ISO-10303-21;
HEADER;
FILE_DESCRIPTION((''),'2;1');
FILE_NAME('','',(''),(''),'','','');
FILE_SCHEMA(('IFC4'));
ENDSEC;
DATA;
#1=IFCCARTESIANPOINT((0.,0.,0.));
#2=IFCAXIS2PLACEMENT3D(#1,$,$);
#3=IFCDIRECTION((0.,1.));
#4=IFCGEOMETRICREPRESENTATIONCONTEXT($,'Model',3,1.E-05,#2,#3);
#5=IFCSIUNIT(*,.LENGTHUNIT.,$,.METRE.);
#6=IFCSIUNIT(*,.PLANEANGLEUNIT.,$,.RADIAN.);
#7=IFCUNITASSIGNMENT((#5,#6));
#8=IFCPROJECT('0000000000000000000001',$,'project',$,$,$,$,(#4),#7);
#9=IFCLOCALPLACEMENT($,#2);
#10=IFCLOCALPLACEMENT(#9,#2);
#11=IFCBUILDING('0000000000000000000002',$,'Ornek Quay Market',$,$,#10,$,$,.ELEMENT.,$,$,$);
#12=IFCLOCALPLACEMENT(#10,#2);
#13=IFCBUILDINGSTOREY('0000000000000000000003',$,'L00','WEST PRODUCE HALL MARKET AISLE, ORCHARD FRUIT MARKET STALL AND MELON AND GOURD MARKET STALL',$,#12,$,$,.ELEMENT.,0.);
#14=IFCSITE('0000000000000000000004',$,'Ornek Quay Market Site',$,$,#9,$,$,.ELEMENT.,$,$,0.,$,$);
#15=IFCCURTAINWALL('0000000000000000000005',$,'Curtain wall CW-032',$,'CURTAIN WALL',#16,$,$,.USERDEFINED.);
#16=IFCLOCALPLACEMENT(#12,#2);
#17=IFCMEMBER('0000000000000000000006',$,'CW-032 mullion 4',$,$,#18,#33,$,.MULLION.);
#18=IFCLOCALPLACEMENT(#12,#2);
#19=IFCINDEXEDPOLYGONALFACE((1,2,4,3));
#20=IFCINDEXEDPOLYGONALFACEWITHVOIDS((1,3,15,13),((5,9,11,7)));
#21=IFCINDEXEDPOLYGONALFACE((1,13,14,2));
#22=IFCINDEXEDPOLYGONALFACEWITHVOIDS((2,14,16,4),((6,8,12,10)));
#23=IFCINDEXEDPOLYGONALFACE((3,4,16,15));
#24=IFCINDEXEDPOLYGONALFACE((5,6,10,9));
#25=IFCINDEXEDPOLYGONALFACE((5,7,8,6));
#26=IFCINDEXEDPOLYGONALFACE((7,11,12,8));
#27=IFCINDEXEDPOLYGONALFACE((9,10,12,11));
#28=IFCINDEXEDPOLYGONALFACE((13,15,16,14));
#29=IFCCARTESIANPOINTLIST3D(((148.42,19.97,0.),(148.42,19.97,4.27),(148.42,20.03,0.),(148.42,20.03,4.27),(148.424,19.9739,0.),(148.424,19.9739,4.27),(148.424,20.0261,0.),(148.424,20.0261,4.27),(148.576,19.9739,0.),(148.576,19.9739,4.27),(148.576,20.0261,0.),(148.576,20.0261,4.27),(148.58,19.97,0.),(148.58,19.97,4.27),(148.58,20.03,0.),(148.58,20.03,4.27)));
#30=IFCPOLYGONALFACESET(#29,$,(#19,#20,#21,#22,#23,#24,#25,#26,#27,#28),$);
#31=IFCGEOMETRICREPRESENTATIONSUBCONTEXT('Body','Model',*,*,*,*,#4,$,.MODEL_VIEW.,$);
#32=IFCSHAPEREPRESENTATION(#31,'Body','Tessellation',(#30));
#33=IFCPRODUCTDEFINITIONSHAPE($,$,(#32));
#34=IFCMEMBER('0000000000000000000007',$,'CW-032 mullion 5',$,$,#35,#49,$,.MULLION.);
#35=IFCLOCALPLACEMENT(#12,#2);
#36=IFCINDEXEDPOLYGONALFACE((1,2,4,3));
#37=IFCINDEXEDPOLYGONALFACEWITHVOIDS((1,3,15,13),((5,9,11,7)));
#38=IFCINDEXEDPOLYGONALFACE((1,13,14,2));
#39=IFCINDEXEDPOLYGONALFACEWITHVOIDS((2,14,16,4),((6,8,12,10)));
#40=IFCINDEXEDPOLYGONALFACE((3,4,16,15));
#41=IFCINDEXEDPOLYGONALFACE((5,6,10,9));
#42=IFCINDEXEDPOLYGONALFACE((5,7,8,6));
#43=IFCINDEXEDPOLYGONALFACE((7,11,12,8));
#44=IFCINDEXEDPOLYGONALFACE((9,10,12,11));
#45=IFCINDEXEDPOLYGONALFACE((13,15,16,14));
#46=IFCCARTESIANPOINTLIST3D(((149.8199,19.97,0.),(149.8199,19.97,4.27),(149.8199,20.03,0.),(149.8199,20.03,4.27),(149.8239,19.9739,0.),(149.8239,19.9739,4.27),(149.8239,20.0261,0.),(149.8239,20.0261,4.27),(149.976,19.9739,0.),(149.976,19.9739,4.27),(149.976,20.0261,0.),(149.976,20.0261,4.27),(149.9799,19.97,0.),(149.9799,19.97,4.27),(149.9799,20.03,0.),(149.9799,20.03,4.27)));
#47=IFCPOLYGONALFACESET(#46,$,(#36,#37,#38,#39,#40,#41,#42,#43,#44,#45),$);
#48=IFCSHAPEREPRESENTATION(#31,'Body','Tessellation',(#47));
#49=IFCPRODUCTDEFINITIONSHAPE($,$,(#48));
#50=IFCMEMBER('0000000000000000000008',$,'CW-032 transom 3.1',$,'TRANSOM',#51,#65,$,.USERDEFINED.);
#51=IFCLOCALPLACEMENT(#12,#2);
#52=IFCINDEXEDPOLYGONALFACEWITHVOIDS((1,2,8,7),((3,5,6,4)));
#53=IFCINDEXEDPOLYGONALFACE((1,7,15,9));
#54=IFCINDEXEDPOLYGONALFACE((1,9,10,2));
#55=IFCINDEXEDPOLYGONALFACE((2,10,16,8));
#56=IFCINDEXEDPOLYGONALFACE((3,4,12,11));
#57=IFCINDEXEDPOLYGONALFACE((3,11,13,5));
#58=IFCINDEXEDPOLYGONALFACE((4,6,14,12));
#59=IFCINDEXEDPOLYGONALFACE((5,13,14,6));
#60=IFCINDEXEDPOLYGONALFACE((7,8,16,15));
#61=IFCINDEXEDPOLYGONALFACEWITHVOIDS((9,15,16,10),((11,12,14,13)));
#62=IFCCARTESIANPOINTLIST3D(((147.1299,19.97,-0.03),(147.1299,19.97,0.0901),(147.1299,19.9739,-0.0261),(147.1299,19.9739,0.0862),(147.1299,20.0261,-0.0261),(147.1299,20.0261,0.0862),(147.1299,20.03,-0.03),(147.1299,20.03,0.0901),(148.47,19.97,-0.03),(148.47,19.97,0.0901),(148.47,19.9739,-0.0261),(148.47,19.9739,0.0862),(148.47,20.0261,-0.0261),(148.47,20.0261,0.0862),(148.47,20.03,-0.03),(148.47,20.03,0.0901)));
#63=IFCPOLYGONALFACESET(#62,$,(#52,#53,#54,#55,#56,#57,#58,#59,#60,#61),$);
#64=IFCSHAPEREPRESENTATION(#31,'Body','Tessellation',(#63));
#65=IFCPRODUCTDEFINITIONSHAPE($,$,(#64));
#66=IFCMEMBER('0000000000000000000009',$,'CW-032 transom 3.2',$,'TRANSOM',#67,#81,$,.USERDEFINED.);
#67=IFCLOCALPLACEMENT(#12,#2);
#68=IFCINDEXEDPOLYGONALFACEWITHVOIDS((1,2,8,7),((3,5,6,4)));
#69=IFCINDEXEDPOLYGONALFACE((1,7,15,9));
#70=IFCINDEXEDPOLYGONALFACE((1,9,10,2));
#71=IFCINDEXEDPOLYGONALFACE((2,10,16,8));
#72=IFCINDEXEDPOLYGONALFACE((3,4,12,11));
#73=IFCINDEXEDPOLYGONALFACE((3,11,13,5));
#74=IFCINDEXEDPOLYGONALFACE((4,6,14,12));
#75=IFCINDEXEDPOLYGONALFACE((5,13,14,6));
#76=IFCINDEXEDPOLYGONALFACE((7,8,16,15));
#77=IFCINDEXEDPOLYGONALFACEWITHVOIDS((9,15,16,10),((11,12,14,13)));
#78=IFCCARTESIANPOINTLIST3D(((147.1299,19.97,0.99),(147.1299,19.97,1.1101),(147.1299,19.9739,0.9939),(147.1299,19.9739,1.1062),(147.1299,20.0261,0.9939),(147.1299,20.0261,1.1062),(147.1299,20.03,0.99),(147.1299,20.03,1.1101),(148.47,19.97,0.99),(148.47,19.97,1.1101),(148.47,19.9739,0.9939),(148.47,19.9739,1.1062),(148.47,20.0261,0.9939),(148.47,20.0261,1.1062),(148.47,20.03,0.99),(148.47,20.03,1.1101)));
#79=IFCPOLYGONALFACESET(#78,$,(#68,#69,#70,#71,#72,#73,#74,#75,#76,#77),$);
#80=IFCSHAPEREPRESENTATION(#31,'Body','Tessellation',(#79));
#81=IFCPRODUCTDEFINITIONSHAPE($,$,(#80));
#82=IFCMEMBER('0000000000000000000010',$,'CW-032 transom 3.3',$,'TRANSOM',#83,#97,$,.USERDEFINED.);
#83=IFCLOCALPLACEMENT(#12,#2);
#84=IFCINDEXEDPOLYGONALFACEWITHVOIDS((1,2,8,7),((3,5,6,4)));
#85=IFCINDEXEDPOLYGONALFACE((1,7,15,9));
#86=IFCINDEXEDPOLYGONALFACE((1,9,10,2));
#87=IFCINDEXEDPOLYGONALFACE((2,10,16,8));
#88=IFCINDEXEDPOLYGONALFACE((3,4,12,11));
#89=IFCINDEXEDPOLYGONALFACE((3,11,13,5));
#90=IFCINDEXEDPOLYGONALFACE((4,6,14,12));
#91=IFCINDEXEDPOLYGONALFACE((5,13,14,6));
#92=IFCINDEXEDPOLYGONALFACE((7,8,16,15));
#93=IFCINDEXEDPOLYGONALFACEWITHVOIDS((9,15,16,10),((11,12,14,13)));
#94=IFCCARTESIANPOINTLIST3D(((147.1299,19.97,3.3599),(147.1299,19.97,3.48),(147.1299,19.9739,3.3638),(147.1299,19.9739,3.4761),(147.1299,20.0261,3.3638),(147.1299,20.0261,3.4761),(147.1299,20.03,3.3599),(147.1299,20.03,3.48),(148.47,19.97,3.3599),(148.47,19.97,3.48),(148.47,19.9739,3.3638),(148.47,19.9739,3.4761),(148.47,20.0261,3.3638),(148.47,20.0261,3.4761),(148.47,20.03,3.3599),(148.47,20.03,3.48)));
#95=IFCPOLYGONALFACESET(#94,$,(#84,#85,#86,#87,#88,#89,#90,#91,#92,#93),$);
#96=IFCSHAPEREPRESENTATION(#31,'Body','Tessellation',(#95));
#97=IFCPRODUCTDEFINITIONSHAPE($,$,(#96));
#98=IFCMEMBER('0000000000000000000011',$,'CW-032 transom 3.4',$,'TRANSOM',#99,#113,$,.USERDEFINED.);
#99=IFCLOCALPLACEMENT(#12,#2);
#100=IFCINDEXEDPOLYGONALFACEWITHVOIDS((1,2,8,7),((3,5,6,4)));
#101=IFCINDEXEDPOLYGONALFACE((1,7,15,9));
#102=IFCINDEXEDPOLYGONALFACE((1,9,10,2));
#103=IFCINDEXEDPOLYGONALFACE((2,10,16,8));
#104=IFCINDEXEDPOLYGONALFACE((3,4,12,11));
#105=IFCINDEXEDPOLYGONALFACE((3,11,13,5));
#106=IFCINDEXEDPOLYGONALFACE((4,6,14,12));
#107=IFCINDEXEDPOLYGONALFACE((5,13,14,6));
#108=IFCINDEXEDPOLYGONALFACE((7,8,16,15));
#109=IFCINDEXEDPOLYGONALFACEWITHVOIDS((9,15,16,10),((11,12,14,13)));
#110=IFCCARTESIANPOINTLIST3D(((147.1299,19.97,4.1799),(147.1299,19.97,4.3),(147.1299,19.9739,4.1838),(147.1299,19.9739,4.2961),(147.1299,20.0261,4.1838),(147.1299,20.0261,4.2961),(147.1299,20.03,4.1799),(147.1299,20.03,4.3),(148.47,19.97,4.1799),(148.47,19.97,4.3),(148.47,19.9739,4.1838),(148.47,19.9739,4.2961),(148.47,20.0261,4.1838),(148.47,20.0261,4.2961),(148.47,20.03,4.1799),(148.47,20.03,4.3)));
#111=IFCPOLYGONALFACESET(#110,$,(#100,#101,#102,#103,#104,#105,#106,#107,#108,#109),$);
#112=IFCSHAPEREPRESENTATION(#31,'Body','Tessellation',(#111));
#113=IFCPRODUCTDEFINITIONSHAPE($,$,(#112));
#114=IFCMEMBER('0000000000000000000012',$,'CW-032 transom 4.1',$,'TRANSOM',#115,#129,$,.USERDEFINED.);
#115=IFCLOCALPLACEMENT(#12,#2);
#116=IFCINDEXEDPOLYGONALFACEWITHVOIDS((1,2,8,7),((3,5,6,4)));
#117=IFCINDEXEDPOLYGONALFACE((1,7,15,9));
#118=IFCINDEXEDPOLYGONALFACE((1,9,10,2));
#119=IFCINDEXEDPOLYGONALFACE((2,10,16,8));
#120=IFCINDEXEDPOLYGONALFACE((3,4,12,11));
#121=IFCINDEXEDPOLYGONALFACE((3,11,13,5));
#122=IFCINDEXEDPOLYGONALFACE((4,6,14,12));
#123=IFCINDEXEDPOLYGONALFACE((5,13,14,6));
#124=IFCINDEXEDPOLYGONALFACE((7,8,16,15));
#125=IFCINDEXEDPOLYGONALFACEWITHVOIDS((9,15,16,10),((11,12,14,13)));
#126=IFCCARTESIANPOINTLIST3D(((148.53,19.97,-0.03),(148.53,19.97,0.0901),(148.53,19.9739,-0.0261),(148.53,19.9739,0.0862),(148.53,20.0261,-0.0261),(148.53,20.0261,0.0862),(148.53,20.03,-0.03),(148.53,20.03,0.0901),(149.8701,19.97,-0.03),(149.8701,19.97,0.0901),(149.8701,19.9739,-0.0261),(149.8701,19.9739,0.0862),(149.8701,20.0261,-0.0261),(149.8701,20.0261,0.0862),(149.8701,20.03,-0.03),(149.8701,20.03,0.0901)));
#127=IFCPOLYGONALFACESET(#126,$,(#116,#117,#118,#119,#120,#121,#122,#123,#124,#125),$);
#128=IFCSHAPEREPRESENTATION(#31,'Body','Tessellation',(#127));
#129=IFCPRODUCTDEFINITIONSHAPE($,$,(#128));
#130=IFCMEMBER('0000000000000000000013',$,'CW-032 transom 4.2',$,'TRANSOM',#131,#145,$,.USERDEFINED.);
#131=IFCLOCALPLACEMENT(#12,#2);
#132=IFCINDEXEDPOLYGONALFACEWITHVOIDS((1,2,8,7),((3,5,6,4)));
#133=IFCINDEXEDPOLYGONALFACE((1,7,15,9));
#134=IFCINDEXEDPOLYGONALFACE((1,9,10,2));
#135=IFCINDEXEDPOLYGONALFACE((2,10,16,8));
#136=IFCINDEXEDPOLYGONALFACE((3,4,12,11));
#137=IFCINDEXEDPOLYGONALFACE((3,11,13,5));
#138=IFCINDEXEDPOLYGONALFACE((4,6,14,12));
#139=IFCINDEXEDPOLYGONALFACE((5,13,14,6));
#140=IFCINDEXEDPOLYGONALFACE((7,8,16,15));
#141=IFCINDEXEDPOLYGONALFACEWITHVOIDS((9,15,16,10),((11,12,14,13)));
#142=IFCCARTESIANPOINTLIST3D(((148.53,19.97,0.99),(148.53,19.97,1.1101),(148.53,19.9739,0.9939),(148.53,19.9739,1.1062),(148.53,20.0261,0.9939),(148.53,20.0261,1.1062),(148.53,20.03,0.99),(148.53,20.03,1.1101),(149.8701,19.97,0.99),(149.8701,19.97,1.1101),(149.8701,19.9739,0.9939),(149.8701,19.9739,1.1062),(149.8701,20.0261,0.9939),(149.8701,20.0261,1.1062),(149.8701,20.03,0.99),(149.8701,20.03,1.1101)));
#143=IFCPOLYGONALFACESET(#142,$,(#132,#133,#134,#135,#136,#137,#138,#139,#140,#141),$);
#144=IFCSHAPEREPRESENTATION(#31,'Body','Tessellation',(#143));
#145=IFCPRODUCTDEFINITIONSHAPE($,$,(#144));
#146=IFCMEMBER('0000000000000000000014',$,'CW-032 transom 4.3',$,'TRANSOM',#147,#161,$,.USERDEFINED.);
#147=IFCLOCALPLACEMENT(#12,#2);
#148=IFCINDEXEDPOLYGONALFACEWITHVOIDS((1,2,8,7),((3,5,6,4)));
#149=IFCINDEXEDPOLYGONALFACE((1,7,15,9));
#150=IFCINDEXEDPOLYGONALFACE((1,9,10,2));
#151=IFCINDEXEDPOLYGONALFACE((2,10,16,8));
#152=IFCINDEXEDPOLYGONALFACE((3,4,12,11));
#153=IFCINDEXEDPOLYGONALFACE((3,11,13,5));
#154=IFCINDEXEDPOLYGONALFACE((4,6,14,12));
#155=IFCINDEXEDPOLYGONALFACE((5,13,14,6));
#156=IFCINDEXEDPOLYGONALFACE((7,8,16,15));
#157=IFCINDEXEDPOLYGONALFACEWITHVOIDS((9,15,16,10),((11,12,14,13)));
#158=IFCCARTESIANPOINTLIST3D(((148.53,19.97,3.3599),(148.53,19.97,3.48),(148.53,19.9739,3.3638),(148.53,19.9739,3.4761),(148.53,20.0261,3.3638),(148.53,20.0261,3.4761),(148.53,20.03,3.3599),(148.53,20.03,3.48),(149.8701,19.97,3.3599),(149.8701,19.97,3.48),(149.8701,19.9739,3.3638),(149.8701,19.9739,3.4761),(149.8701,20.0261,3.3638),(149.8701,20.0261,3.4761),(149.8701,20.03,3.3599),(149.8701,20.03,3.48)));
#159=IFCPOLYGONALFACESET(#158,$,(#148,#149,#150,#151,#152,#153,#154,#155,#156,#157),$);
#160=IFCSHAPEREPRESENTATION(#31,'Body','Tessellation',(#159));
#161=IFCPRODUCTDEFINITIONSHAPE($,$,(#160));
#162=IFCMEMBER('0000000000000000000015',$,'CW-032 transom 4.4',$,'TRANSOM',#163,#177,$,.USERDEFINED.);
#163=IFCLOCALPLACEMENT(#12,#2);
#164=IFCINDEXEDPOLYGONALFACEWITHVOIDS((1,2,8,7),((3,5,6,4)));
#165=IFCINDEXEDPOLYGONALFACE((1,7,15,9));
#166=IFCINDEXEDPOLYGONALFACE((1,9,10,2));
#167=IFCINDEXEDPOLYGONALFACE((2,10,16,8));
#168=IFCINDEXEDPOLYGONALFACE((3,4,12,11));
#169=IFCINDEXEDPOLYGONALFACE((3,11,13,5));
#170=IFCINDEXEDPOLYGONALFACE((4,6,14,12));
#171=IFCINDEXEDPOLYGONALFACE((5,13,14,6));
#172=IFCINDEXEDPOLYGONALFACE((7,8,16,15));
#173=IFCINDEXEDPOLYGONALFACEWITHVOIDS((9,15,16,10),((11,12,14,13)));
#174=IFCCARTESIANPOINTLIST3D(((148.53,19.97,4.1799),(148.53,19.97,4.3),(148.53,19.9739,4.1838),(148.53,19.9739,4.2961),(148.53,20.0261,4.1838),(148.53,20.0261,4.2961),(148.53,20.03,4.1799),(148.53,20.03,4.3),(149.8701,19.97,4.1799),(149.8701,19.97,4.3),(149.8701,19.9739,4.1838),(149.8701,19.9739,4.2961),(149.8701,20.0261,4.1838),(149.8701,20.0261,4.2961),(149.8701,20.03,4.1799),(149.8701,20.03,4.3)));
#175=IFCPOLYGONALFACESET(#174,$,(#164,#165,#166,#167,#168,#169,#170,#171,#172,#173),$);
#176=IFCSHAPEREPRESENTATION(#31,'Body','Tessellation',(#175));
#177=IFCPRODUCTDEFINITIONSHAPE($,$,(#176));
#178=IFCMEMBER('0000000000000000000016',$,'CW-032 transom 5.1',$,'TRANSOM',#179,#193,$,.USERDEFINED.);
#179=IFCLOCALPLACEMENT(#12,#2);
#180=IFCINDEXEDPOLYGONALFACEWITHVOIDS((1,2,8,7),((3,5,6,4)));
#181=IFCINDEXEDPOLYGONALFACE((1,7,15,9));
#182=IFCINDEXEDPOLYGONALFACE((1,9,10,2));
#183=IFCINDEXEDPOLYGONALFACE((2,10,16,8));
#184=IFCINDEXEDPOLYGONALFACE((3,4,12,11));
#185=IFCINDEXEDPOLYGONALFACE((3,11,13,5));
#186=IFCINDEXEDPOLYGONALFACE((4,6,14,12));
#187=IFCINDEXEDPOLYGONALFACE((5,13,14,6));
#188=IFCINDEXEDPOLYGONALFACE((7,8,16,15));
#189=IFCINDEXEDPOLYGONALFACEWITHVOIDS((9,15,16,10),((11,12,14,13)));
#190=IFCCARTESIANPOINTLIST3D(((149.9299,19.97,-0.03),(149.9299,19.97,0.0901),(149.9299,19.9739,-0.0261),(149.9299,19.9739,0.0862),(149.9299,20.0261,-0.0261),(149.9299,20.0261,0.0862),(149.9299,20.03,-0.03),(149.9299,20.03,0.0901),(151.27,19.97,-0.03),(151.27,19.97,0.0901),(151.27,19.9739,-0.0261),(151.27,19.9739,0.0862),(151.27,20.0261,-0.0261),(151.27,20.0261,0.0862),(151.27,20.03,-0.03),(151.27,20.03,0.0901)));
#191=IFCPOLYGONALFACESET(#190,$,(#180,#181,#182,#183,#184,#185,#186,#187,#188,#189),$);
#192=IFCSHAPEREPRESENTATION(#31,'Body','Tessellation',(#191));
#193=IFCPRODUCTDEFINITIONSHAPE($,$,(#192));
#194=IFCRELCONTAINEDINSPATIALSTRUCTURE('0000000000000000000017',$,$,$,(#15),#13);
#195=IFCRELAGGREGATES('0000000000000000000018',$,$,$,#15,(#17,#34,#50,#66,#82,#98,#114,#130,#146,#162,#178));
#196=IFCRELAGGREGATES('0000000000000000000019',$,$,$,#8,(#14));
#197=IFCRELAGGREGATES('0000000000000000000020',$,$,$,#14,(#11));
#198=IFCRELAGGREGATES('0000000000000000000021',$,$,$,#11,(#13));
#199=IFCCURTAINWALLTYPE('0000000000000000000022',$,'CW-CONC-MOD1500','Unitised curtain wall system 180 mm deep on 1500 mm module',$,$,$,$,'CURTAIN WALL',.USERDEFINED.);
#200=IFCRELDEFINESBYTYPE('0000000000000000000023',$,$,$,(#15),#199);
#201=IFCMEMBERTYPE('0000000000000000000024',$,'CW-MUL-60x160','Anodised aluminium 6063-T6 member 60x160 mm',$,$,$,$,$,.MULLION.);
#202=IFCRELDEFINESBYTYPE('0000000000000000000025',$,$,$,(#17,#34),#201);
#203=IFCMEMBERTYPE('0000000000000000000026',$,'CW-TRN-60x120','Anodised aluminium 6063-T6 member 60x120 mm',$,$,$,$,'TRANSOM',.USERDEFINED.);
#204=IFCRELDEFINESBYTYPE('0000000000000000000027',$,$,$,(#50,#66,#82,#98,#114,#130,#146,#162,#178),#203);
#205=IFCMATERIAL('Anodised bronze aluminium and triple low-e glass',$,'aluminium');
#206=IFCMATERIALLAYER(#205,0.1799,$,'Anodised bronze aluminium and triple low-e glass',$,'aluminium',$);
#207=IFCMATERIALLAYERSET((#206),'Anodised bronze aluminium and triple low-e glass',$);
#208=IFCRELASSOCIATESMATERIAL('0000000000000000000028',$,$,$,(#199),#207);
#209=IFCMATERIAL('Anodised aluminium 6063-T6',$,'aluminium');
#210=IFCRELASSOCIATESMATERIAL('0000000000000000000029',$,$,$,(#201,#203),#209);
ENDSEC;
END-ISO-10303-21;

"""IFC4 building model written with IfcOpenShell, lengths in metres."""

from ifc_helpers import new_model, si_unit, direction, frame, origin, origin_2d, place, context, subcontext, project, spatial, hollow_rectangle, extrude, material, layer, layer_set, material_profile, profile_set, type_object, element, aggregate, save


model = new_model("IFC4")

# Units and contexts
model_context = context("Model", 3, precision=1e-05, world=origin(), true_north=direction((0.0, 1.0)))
body_context = subcontext(model_context, "Body", "Model", "MODEL_VIEW")
ifc_project = project(units=[si_unit("LENGTHUNIT", "METRE"), si_unit("PLANEANGLEUNIT", "RADIAN")], contexts=[model_context])

# Site, building, storey
site_placement = place(None, origin())
site = spatial("IfcSite", under=ifc_project, at=site_placement, Name="Ornek Quay Market Site", CompositionType="ELEMENT", RefElevation=0.0)
building_placement = place(site_placement, origin())
building = spatial("IfcBuilding", under=site, at=building_placement, Name="Ornek Quay Market", CompositionType="ELEMENT")
storey_placement = place(building_placement, origin())
storey = spatial("IfcBuildingStorey", under=building, at=storey_placement, Name="L00", Description="WEST PRODUCE HALL MARKET AISLE, ORCHARD FRUIT MARKET STALL AND MELON AND GOURD MARKET STALL", CompositionType="ELEMENT", Elevation=0.0)

# Curtain wall, members
ifc_material_1 = material(Name="Anodised bronze aluminium and triple low-e glass", Category="aluminium")
ifc_layer_1 = layer(ifc_material_1, 0.1799, Name="Anodised bronze aluminium and triple low-e glass", Category="aluminium")
ifc_layer_set_1 = layer_set([ifc_layer_1], Name="Anodised bronze aluminium and triple low-e glass")
curtain_wall_type = type_object("IfcCurtainWallType", Name="CW-CONC-MOD1500", Description="Unitised curtain wall system 180 mm deep on 1500 mm module", ElementType="CURTAIN WALL", PredefinedType="USERDEFINED", material=ifc_layer_set_1)
curtain_wall_placement = place(storey_placement, origin())
curtain_wall = element("IfcCurtainWall", 1, at=curtain_wall_placement, inside=storey, type_object=curtain_wall_type, Name="Curtain wall CW-032", ObjectType="CURTAIN WALL", PredefinedType="USERDEFINED")
ifc_material_2 = material(Name="Anodised aluminium 6063-T6", Category="aluminium")
ifc_material_profile_1 = material_profile(ifc_material_2, hollow_rectangle(XDim=0.0601, YDim=0.1599, WallThickness=0.0039, at=origin_2d()), Name="CW-MUL-60x160", Category="aluminium")
ifc_profile_set_1 = profile_set([ifc_material_profile_1], Name="Anodised aluminium 6063-T6")
member_type_1 = type_object("IfcMemberType", Name="CW-MUL-60x160", Description="Anodised aluminium 6063-T6 member 60x160 mm", PredefinedType="MULLION", material=ifc_profile_set_1)
member_1_placement = place(storey_placement, frame((148.5, 20.0, 0.0), z_axis=(0.0, 0.0, 1.0), x_axis=(0.0, 1.0, 0.0)))
member_1 = element("IfcMember", 2, at=member_1_placement, type_object=member_type_1, Name="CW-032 mullion 4", PredefinedType="MULLION", context=body_context, shape_type="SweptSolid", body=[
    extrude(hollow_rectangle(XDim=0.0601, YDim=0.1599, WallThickness=0.0039, at=origin_2d()), origin(), (0.0, 0.0, 1.0), 4.27),
])
member_2_placement = place(storey_placement, frame((149.8999, 20.0, 0.0), z_axis=(0.0, 0.0, 1.0), x_axis=(0.0, 1.0, 0.0)))
member_2 = element("IfcMember", 3, at=member_2_placement, type_object=member_type_1, Name="CW-032 mullion 5", PredefinedType="MULLION", context=body_context, shape_type="SweptSolid", body=[
    extrude(hollow_rectangle(XDim=0.0601, YDim=0.1599, WallThickness=0.0039, at=origin_2d()), origin(), (0.0, 0.0, 1.0), 4.27),
])
ifc_material_profile_2 = material_profile(ifc_material_2, hollow_rectangle(XDim=0.0601, YDim=0.1201, WallThickness=0.0039, at=origin_2d()), Name="CW-TRN-60x120", Category="aluminium")
ifc_profile_set_2 = profile_set([ifc_material_profile_2], Name="Anodised aluminium 6063-T6")
member_type_2 = type_object("IfcMemberType", Name="CW-TRN-60x120", Description="Anodised aluminium 6063-T6 member 60x120 mm", ElementType="TRANSOM", PredefinedType="USERDEFINED", material=ifc_profile_set_2)
member_3_placement = place(storey_placement, frame((147.1299, 20.0, 0.03), z_axis=(1.0, 0.0, 0.0), x_axis=(0.0, 1.0, 0.0)))
member_3 = element("IfcMember", 4, at=member_3_placement, type_object=member_type_2, Name="CW-032 transom 3.1", ObjectType="TRANSOM", PredefinedType="USERDEFINED", context=body_context, shape_type="SweptSolid", body=[
    extrude(hollow_rectangle(XDim=0.0601, YDim=0.1201, WallThickness=0.0039, at=origin_2d()), origin(), (0.0, 0.0, 1.0), 1.3401),
])
member_4_placement = place(storey_placement, frame((147.1299, 20.0, 1.05), z_axis=(1.0, 0.0, 0.0), x_axis=(0.0, 1.0, 0.0)))
member_4 = element("IfcMember", 5, at=member_4_placement, type_object=member_type_2, Name="CW-032 transom 3.2", ObjectType="TRANSOM", PredefinedType="USERDEFINED", context=body_context, shape_type="SweptSolid", body=[
    extrude(hollow_rectangle(XDim=0.0601, YDim=0.1201, WallThickness=0.0039, at=origin_2d()), origin(), (0.0, 0.0, 1.0), 1.3401),
])
member_5_placement = place(storey_placement, frame((147.1299, 20.0, 3.4199), z_axis=(1.0, 0.0, 0.0), x_axis=(0.0, 1.0, 0.0)))
member_5 = element("IfcMember", 6, at=member_5_placement, type_object=member_type_2, Name="CW-032 transom 3.3", ObjectType="TRANSOM", PredefinedType="USERDEFINED", context=body_context, shape_type="SweptSolid", body=[
    extrude(hollow_rectangle(XDim=0.0601, YDim=0.1201, WallThickness=0.0039, at=origin_2d()), origin(), (0.0, 0.0, 1.0), 1.3401),
])
member_6_placement = place(storey_placement, frame((147.1299, 20.0, 4.24), z_axis=(1.0, 0.0, 0.0), x_axis=(0.0, 1.0, 0.0)))
member_6 = element("IfcMember", 7, at=member_6_placement, type_object=member_type_2, Name="CW-032 transom 3.4", ObjectType="TRANSOM", PredefinedType="USERDEFINED", context=body_context, shape_type="SweptSolid", body=[
    extrude(hollow_rectangle(XDim=0.0601, YDim=0.1201, WallThickness=0.0039, at=origin_2d()), origin(), (0.0, 0.0, 1.0), 1.3401),
])
member_7_placement = place(storey_placement, frame((148.53, 20.0, 0.03), z_axis=(1.0, 0.0, 0.0), x_axis=(0.0, 1.0, 0.0)))
member_7 = element("IfcMember", 8, at=member_7_placement, type_object=member_type_2, Name="CW-032 transom 4.1", ObjectType="TRANSOM", PredefinedType="USERDEFINED", context=body_context, shape_type="SweptSolid", body=[
    extrude(hollow_rectangle(XDim=0.0601, YDim=0.1201, WallThickness=0.0039, at=origin_2d()), origin(), (0.0, 0.0, 1.0), 1.3401),
])
member_8_placement = place(storey_placement, frame((148.53, 20.0, 1.05), z_axis=(1.0, 0.0, 0.0), x_axis=(0.0, 1.0, 0.0)))
member_8 = element("IfcMember", 9, at=member_8_placement, type_object=member_type_2, Name="CW-032 transom 4.2", ObjectType="TRANSOM", PredefinedType="USERDEFINED", context=body_context, shape_type="SweptSolid", body=[
    extrude(hollow_rectangle(XDim=0.0601, YDim=0.1201, WallThickness=0.0039, at=origin_2d()), origin(), (0.0, 0.0, 1.0), 1.3401),
])
member_9_placement = place(storey_placement, frame((148.53, 20.0, 3.4199), z_axis=(1.0, 0.0, 0.0), x_axis=(0.0, 1.0, 0.0)))
member_9 = element("IfcMember", 10, at=member_9_placement, type_object=member_type_2, Name="CW-032 transom 4.3", ObjectType="TRANSOM", PredefinedType="USERDEFINED", context=body_context, shape_type="SweptSolid", body=[
    extrude(hollow_rectangle(XDim=0.0601, YDim=0.1201, WallThickness=0.0039, at=origin_2d()), origin(), (0.0, 0.0, 1.0), 1.3401),
])
member_10_placement = place(storey_placement, frame((148.53, 20.0, 4.24), z_axis=(1.0, 0.0, 0.0), x_axis=(0.0, 1.0, 0.0)))
member_10 = element("IfcMember", 11, at=member_10_placement, type_object=member_type_2, Name="CW-032 transom 4.4", ObjectType="TRANSOM", PredefinedType="USERDEFINED", context=body_context, shape_type="SweptSolid", body=[
    extrude(hollow_rectangle(XDim=0.0601, YDim=0.1201, WallThickness=0.0039, at=origin_2d()), origin(), (0.0, 0.0, 1.0), 1.3401),
])
member_11_placement = place(storey_placement, frame((149.9299, 20.0, 0.03), z_axis=(1.0, 0.0, 0.0), x_axis=(0.0, 1.0, 0.0)))
member_11 = element("IfcMember", 12, at=member_11_placement, type_object=member_type_2, Name="CW-032 transom 5.1", ObjectType="TRANSOM", PredefinedType="USERDEFINED", context=body_context, shape_type="SweptSolid", body=[
    extrude(hollow_rectangle(XDim=0.0601, YDim=0.1201, WallThickness=0.0039, at=origin_2d()), origin(), (0.0, 0.0, 1.0), 1.3401),
])
aggregate(curtain_wall, [member_1, member_2, member_3, member_4, member_5, member_6, member_7, member_8, member_9, member_10, member_11])

save(model, "model.ifc")
